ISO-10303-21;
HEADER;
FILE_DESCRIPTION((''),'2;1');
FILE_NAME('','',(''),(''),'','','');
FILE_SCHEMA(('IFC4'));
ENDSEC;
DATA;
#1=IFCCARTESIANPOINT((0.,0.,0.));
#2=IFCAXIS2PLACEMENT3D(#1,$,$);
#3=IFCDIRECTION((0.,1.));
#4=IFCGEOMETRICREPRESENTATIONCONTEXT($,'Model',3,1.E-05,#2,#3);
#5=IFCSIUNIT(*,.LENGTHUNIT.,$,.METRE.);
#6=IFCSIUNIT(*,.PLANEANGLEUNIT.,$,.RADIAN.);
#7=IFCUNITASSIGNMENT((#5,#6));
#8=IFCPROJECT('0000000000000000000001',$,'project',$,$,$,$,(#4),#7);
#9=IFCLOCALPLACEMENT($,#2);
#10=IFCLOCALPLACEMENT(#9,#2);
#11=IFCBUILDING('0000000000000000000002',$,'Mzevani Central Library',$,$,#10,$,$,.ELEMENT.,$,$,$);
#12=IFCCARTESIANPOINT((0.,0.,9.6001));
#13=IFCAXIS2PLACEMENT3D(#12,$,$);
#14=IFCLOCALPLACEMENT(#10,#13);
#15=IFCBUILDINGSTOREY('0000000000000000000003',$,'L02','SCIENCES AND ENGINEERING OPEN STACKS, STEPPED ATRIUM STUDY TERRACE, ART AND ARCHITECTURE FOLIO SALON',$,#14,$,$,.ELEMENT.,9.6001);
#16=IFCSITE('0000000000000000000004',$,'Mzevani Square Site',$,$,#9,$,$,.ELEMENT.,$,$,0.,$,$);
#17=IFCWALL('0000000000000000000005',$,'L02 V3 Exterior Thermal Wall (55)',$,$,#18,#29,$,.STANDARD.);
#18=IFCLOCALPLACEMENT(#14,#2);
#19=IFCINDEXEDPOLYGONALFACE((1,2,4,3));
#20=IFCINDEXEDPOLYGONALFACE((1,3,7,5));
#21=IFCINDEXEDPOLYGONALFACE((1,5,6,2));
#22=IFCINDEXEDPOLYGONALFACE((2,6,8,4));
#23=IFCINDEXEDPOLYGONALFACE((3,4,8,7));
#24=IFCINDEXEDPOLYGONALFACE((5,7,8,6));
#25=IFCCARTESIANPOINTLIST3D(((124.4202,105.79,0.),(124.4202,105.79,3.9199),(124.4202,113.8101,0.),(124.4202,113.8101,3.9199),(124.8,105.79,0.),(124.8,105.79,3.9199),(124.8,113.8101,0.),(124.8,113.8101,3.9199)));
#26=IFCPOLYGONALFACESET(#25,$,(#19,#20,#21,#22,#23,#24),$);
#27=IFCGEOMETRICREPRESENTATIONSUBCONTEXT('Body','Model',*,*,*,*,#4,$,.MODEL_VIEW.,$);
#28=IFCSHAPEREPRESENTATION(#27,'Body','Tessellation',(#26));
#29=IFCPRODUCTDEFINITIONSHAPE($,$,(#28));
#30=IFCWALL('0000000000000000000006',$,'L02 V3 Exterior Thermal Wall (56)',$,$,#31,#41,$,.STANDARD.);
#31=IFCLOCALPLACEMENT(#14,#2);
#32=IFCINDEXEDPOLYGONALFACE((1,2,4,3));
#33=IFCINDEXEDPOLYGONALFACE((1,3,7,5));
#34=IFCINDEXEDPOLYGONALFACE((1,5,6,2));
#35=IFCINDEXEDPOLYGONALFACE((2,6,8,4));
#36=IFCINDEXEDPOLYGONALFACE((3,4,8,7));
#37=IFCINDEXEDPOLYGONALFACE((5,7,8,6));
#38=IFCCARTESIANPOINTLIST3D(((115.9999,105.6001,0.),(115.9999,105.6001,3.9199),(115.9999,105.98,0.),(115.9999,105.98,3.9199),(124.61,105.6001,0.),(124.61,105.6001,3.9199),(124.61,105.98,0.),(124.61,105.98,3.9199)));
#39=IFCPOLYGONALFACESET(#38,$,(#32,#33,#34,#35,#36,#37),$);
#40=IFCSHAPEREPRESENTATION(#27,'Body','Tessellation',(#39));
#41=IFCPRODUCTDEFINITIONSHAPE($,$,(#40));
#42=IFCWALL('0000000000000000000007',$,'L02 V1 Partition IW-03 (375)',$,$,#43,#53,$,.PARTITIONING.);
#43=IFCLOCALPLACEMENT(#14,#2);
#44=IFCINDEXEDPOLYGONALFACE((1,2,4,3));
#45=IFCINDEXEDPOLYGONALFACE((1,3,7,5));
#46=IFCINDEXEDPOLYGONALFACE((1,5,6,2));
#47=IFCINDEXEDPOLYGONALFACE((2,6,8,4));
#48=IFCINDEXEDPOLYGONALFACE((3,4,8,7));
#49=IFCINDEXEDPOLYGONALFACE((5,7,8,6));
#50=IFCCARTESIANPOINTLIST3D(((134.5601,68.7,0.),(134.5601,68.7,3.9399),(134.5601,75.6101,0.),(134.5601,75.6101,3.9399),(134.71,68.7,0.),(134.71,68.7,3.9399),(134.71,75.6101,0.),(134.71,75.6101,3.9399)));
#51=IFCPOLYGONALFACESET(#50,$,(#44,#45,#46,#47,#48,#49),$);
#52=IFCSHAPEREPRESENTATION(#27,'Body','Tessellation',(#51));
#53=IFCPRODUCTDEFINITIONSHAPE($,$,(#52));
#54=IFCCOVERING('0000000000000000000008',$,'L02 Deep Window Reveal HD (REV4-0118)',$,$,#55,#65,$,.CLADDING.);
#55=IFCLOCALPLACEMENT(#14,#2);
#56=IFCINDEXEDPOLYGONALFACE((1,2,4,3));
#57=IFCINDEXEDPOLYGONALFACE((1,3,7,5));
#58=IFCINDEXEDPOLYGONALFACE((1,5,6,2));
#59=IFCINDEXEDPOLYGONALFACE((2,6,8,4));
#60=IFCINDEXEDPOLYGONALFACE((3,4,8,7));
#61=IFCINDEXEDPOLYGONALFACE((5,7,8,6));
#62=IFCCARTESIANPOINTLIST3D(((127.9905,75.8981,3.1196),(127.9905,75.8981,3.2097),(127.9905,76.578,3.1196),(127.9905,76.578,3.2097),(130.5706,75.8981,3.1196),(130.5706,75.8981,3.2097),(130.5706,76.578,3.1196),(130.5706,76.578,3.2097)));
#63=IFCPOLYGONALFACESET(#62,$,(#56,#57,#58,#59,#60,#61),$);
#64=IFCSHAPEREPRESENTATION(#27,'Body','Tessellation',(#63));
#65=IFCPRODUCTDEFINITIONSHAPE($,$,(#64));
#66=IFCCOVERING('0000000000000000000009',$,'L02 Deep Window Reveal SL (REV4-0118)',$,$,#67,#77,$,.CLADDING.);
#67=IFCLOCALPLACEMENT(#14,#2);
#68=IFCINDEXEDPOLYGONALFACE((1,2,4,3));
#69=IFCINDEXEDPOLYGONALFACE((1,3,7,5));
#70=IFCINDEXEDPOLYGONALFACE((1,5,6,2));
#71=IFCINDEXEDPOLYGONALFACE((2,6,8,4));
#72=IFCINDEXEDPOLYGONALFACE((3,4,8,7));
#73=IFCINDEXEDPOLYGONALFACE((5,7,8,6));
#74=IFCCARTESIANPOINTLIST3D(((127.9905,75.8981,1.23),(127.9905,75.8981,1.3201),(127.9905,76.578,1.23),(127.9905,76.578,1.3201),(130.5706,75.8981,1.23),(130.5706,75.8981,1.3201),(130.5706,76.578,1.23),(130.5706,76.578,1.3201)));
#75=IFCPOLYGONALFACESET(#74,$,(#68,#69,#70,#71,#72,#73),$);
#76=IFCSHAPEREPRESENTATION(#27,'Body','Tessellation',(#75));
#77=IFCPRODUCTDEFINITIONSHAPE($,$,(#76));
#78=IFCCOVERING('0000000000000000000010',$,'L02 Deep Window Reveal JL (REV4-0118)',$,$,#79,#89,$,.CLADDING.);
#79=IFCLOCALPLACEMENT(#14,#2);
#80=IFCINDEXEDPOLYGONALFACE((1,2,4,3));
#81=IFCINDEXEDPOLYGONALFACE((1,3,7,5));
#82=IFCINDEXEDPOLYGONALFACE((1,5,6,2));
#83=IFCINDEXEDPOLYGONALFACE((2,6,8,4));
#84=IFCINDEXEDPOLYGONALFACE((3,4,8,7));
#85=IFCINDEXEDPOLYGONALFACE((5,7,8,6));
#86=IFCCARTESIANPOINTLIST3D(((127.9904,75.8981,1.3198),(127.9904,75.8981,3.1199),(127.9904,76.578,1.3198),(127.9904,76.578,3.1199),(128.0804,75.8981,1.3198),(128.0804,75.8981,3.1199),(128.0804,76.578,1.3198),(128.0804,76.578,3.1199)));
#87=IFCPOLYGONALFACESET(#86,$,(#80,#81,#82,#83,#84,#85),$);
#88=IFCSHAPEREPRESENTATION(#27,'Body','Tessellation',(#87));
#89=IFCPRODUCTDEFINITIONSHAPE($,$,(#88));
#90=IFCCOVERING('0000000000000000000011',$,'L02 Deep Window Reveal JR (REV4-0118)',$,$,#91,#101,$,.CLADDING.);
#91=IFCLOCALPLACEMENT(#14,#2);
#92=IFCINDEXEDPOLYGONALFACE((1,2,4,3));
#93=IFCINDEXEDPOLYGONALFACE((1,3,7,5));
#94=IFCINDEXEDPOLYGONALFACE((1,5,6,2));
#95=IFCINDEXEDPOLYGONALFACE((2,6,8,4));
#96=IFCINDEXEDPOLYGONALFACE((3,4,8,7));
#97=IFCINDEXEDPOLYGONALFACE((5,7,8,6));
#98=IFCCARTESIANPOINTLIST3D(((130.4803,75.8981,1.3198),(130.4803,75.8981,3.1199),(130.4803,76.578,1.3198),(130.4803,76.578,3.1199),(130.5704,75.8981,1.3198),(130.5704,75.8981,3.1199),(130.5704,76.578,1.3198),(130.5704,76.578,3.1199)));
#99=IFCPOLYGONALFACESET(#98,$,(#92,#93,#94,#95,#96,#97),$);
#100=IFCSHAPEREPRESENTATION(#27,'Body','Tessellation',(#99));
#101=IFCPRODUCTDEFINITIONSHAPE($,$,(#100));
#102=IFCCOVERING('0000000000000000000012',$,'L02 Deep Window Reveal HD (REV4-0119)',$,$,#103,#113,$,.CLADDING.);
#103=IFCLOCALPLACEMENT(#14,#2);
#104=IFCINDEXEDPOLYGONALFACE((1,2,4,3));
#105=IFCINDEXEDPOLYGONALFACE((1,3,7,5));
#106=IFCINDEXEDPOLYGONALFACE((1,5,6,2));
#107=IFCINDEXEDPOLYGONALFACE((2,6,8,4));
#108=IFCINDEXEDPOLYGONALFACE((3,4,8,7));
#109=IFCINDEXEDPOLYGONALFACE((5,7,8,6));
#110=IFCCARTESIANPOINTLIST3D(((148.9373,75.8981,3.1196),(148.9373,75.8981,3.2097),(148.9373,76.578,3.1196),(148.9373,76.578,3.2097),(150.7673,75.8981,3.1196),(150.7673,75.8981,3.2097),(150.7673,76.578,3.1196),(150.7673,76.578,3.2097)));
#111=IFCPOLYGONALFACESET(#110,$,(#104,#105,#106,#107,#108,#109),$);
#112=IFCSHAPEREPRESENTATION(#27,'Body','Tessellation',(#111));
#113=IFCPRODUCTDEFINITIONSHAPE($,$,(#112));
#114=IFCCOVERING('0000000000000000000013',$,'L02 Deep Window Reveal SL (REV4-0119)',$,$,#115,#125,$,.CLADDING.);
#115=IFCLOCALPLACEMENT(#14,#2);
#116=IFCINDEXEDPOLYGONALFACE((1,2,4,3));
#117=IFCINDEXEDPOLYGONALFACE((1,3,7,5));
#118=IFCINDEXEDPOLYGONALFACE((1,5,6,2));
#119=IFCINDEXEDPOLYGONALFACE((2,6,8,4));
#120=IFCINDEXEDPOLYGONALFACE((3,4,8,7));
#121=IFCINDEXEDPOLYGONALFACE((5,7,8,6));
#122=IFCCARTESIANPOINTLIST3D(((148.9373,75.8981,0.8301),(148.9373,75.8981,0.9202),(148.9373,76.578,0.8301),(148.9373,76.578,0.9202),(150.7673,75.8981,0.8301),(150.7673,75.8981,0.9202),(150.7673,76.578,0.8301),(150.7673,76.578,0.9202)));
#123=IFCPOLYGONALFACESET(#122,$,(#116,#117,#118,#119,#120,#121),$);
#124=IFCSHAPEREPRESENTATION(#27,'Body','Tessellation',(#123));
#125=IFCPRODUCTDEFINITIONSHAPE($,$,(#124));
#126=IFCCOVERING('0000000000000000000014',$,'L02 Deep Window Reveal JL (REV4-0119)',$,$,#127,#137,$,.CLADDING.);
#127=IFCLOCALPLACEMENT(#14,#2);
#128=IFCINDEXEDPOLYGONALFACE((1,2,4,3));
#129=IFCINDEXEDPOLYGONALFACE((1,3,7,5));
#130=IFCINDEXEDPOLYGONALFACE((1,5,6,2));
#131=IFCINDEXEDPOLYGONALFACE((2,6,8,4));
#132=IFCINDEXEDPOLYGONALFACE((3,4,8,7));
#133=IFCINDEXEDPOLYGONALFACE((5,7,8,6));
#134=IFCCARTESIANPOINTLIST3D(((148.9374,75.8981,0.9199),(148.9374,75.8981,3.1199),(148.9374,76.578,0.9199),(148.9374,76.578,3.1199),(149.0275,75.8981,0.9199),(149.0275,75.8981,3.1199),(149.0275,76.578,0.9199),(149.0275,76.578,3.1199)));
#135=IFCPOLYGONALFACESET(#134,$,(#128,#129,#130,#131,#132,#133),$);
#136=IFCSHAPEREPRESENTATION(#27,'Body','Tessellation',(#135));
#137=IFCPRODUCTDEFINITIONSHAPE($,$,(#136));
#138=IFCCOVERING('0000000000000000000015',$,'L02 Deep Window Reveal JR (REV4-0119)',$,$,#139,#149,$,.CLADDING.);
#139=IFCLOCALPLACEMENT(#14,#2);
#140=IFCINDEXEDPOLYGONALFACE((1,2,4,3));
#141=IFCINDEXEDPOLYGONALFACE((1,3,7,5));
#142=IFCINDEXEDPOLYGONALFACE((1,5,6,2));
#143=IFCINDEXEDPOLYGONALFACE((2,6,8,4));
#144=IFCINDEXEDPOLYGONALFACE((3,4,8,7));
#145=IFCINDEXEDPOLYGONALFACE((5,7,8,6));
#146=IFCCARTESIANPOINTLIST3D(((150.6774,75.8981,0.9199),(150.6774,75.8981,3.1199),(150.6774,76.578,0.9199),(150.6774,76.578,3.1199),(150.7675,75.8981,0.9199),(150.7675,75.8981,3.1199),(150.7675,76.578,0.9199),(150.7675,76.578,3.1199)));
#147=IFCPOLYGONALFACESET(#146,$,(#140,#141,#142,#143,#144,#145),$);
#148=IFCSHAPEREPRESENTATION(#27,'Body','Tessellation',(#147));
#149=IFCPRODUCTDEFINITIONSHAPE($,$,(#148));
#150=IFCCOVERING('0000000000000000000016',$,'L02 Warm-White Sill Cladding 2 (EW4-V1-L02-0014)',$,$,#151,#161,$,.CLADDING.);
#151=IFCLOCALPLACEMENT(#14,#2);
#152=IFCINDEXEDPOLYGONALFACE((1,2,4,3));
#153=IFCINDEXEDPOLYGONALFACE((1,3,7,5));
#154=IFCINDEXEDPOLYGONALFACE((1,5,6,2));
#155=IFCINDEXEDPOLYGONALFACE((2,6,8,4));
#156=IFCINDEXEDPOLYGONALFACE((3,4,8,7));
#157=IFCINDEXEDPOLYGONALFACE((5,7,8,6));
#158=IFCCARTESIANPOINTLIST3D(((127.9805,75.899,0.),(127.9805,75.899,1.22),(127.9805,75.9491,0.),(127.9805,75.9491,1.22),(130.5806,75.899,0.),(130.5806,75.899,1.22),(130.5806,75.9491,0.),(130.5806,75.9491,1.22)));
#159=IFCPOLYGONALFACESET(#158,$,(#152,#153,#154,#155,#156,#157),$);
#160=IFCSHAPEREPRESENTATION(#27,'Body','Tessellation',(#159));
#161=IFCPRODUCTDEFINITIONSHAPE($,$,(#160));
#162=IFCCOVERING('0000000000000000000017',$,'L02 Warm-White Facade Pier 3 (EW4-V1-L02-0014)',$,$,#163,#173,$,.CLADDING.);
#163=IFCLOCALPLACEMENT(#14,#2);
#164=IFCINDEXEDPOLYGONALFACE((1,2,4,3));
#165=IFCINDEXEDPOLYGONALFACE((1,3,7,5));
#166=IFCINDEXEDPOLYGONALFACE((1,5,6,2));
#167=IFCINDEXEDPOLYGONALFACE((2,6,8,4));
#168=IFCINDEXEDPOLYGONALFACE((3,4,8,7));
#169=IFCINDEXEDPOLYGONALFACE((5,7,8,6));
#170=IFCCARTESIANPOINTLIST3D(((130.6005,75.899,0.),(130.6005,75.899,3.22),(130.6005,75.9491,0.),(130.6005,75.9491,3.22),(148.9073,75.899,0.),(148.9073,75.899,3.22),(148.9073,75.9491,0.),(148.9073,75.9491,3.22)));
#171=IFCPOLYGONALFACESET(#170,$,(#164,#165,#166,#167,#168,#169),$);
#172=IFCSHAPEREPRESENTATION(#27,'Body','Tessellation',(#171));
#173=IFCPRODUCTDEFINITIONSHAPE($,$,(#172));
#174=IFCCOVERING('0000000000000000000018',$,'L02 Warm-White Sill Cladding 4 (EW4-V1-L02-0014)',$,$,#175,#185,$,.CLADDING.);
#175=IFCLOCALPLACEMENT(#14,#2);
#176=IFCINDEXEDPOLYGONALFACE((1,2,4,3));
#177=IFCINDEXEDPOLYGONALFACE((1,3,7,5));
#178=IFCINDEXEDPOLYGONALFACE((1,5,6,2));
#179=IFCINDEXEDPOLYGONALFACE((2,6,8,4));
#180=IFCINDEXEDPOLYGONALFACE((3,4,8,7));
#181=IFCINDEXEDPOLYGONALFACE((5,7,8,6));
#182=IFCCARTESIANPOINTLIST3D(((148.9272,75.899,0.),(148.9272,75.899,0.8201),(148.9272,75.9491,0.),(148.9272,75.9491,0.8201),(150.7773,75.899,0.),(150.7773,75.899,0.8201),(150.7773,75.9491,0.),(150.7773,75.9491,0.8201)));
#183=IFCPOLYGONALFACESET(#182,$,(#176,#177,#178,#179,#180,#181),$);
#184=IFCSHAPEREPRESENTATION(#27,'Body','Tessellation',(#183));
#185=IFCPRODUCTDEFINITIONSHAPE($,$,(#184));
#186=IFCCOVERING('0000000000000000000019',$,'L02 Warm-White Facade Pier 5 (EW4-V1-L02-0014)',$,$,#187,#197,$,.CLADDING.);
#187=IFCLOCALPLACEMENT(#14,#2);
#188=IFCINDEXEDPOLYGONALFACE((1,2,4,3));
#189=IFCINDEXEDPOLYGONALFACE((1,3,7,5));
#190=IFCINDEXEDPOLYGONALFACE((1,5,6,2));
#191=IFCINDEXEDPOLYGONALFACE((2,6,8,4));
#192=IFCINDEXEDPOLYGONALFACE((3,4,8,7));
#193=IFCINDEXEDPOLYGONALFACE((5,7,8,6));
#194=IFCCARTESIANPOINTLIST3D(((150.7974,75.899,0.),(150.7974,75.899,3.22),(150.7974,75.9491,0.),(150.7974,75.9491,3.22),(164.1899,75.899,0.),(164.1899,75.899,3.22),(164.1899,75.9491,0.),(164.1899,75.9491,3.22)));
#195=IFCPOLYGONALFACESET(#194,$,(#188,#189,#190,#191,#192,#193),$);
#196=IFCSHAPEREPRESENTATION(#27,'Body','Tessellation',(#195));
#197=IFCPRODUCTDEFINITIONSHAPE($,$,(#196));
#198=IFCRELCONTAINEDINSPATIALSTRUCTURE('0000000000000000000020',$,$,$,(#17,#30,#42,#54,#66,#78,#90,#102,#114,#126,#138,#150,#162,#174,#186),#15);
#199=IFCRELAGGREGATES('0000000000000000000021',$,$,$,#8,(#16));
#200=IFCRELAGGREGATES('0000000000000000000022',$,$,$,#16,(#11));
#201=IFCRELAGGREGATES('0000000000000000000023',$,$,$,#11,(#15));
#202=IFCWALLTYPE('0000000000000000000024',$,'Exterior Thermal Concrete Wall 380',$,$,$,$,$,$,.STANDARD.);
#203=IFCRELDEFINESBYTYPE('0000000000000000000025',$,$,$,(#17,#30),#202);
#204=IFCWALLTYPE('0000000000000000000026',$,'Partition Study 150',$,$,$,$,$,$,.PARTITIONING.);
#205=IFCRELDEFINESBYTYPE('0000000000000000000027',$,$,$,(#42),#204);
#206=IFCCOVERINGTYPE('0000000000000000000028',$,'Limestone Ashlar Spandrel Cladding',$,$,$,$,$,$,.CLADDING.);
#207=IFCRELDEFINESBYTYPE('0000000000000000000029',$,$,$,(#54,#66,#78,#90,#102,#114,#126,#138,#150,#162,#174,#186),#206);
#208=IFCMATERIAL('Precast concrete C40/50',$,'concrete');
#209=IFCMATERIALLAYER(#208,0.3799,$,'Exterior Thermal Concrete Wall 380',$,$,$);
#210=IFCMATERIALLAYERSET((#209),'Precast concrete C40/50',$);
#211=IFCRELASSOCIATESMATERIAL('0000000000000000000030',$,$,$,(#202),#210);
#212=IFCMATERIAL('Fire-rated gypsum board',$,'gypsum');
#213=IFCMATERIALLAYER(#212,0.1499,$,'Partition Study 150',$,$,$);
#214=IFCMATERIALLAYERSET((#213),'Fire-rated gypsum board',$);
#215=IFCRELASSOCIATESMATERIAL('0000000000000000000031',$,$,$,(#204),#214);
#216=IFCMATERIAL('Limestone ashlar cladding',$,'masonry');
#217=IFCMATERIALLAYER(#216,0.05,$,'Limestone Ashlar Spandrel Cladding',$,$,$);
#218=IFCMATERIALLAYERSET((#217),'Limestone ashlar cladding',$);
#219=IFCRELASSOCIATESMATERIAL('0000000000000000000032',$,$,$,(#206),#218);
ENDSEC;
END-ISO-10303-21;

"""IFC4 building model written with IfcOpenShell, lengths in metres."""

from ifc_helpers import new_model, si_unit, direction, frame, frame_2d, origin, origin_2d, place, context, subcontext, project, spatial, rectangle, extrude, material, layer, layer_set, type_object, element, save


model = new_model("IFC4")

# Units and contexts
model_context = context("Model", 3, precision=1e-05, world=origin(), true_north=direction((0.0, 1.0)))
body_context = subcontext(model_context, "Body", "Model", "MODEL_VIEW")
ifc_project = project(units=[si_unit("LENGTHUNIT", "METRE"), si_unit("PLANEANGLEUNIT", "RADIAN")], contexts=[model_context])

# Site, building, storey
site_placement = place(None, origin())
site = spatial("IfcSite", under=ifc_project, at=site_placement, Name="Mzevani Square Site", CompositionType="ELEMENT", RefElevation=0.0)
building_placement = place(site_placement, origin())
building = spatial("IfcBuilding", under=site, at=building_placement, Name="Mzevani Central Library", CompositionType="ELEMENT")
storey_placement = place(building_placement, frame((0.0, 0.0, 9.6001)))
storey = spatial("IfcBuildingStorey", under=building, at=storey_placement, Name="L02", Description="SCIENCES AND ENGINEERING OPEN STACKS, STEPPED ATRIUM STUDY TERRACE, ART AND ARCHITECTURE FOLIO SALON", CompositionType="ELEMENT", Elevation=9.6001)

# Shared definitions
ifc_material_1 = material(Name="Precast concrete C40/50", Category="concrete")

# Shared definitions
ifc_layer_1 = layer(ifc_material_1, 0.3799, Name="Exterior Thermal Concrete Wall 380")
ifc_layer_set_1 = layer_set([ifc_layer_1], Name="Precast concrete C40/50")
wall_type_1 = type_object("IfcWallType", Name="Exterior Thermal Concrete Wall 380", PredefinedType="STANDARD", material=ifc_layer_set_1)

# Walls
wall_1_placement = place(storey_placement, frame((124.6101, 113.8101, 0.0), z_axis=(0.0, 0.0, 1.0), x_axis=(0.0, -1.0, 0.0)))
element("IfcWall", 1, at=wall_1_placement, inside=storey, type_object=wall_type_1, Name="L02 V3 Exterior Thermal Wall (55)", PredefinedType="STANDARD", context=body_context, shape_type="SweptSolid", body=[
    extrude(rectangle(XDim=8.02, YDim=0.3799, at=frame_2d((4.01, 0.0))), origin(), (0.0, 0.0, 1.0), 3.9199),
])
wall_2_placement = place(storey_placement, frame((124.6101, 105.79, 0.0), z_axis=(0.0, 0.0, 1.0), x_axis=(-1.0, 0.0, 0.0)))
element("IfcWall", 2, at=wall_2_placement, inside=storey, type_object=wall_type_1, Name="L02 V3 Exterior Thermal Wall (56)", PredefinedType="STANDARD", context=body_context, shape_type="SweptSolid", body=[
    extrude(rectangle(XDim=8.6101, YDim=0.3799, at=frame_2d((4.3052, 0.0))), origin(), (0.0, 0.0, 1.0), 3.9199),
])
ifc_material_2 = material(Name="Fire-rated gypsum board", Category="gypsum")
ifc_layer_2 = layer(ifc_material_2, 0.1499, Name="Partition Study 150")
ifc_layer_set_2 = layer_set([ifc_layer_2], Name="Fire-rated gypsum board")
wall_type_2 = type_object("IfcWallType", Name="Partition Study 150", PredefinedType="PARTITIONING", material=ifc_layer_set_2)
wall_3_placement = place(storey_placement, frame((134.635, 75.6101, 0.0), z_axis=(0.0, 0.0, 1.0), x_axis=(0.0, -1.0, 0.0)))
element("IfcWall", 3, at=wall_3_placement, inside=storey, type_object=wall_type_2, Name="L02 V1 Partition IW-03 (375)", PredefinedType="PARTITIONING", context=body_context, shape_type="SweptSolid", body=[
    extrude(rectangle(XDim=6.9102, YDim=0.1499, at=frame_2d((3.4551, 0.0))), origin(), (0.0, 0.0, 1.0), 3.9399),
])

# Coverings
ifc_material_3 = material(Name="Limestone ashlar cladding", Category="masonry")
ifc_layer_3 = layer(ifc_material_3, 0.05, Name="Limestone Ashlar Spandrel Cladding")
ifc_layer_set_3 = layer_set([ifc_layer_3], Name="Limestone ashlar cladding")
covering_type = type_object("IfcCoveringType", Name="Limestone Ashlar Spandrel Cladding", PredefinedType="CLADDING", material=ifc_layer_set_3)
for number, where, z_axis, x_axis, name in (
    (4, (129.2805, 76.238, 3.1196), (0.0, 0.0, 1.0), (1.0, 0.0, 0.0), "L02 Deep Window Reveal HD (REV4-0118)"),
    (5, (129.2805, 76.238, 1.23), (0.0, 0.0, 1.0), (1.0, 0.0, 0.0), "L02 Deep Window Reveal SL (REV4-0118)"),
):
    element("IfcCovering", number, at=place(storey_placement, frame(where, z_axis=z_axis, x_axis=x_axis)), inside=storey, type_object=covering_type, Name=name, PredefinedType="CLADDING", context=body_context, shape_type="SweptSolid", body=[
        extrude(rectangle(XDim=2.5801, YDim=0.6799, at=origin_2d()), origin(), (0.0, 0.0, 1.0), 0.0901),
    ])
for number, where, z_axis, x_axis, name in (
    (6, (128.0354, 76.238, 1.3198), (0.0, 0.0, 1.0), (1.0, 0.0, 0.0), "L02 Deep Window Reveal JL (REV4-0118)"),
    (7, (130.5254, 76.238, 1.3198), (0.0, 0.0, 1.0), (1.0, 0.0, 0.0), "L02 Deep Window Reveal JR (REV4-0118)"),
):
    element("IfcCovering", number, at=place(storey_placement, frame(where, z_axis=z_axis, x_axis=x_axis)), inside=storey, type_object=covering_type, Name=name, PredefinedType="CLADDING", context=body_context, shape_type="SweptSolid", body=[
        extrude(rectangle(XDim=0.0901, YDim=0.6799, at=origin_2d()), origin(), (0.0, 0.0, 1.0), 1.8),
    ])
for number, where, z_axis, x_axis, name in (
    (8, (149.8523, 76.238, 3.1196), (0.0, 0.0, 1.0), (1.0, 0.0, 0.0), "L02 Deep Window Reveal HD (REV4-0119)"),
    (9, (149.8523, 76.238, 0.8301), (0.0, 0.0, 1.0), (1.0, 0.0, 0.0), "L02 Deep Window Reveal SL (REV4-0119)"),
):
    element("IfcCovering", number, at=place(storey_placement, frame(where, z_axis=z_axis, x_axis=x_axis)), inside=storey, type_object=covering_type, Name=name, PredefinedType="CLADDING", context=body_context, shape_type="SweptSolid", body=[
        extrude(rectangle(XDim=1.8301, YDim=0.6799, at=origin_2d()), origin(), (0.0, 0.0, 1.0), 0.0901),
    ])
for number, where, z_axis, x_axis, name in (
    (10, (148.9824, 76.238, 0.9199), (0.0, 0.0, 1.0), (1.0, 0.0, 0.0), "L02 Deep Window Reveal JL (REV4-0119)"),
    (11, (150.7224, 76.238, 0.9199), (0.0, 0.0, 1.0), (1.0, 0.0, 0.0), "L02 Deep Window Reveal JR (REV4-0119)"),
):
    element("IfcCovering", number, at=place(storey_placement, frame(where, z_axis=z_axis, x_axis=x_axis)), inside=storey, type_object=covering_type, Name=name, PredefinedType="CLADDING", context=body_context, shape_type="SweptSolid", body=[
        extrude(rectangle(XDim=0.0901, YDim=0.6799, at=origin_2d()), origin(), (0.0, 0.0, 1.0), 2.2),
    ])
covering_1_placement = place(storey_placement, frame((129.2805, 75.9241, 0.0), z_axis=(0.0, 0.0, 1.0), x_axis=(1.0, 0.0, 0.0)))
element("IfcCovering", 12, at=covering_1_placement, inside=storey, type_object=covering_type, Name="L02 Warm-White Sill Cladding 2 (EW4-V1-L02-0014)", PredefinedType="CLADDING", context=body_context, shape_type="SweptSolid", body=[
    extrude(rectangle(XDim=2.6001, YDim=0.05, at=origin_2d()), origin(), (0.0, 0.0, 1.0), 1.22),
])
covering_2_placement = place(storey_placement, frame((139.7539, 75.9241, 0.0), z_axis=(0.0, 0.0, 1.0), x_axis=(1.0, 0.0, 0.0)))
element("IfcCovering", 13, at=covering_2_placement, inside=storey, type_object=covering_type, Name="L02 Warm-White Facade Pier 3 (EW4-V1-L02-0014)", PredefinedType="CLADDING", context=body_context, shape_type="SweptSolid", body=[
    extrude(rectangle(XDim=18.3069, YDim=0.05, at=origin_2d()), origin(), (0.0, 0.0, 1.0), 3.22),
])
covering_3_placement = place(storey_placement, frame((149.8523, 75.9241, 0.0), z_axis=(0.0, 0.0, 1.0), x_axis=(1.0, 0.0, 0.0)))
element("IfcCovering", 14, at=covering_3_placement, inside=storey, type_object=covering_type, Name="L02 Warm-White Sill Cladding 4 (EW4-V1-L02-0014)", PredefinedType="CLADDING", context=body_context, shape_type="SweptSolid", body=[
    extrude(rectangle(XDim=1.8501, YDim=0.05, at=origin_2d()), origin(), (0.0, 0.0, 1.0), 0.8201),
])
covering_4_placement = place(storey_placement, frame((157.4937, 75.9241, 0.0), z_axis=(0.0, 0.0, 1.0), x_axis=(1.0, 0.0, 0.0)))
element("IfcCovering", 15, at=covering_4_placement, inside=storey, type_object=covering_type, Name="L02 Warm-White Facade Pier 5 (EW4-V1-L02-0014)", PredefinedType="CLADDING", context=body_context, shape_type="SweptSolid", body=[
    extrude(rectangle(XDim=13.3926, YDim=0.05, at=origin_2d()), origin(), (0.0, 0.0, 1.0), 3.22),
])

save(model, "model.ifc")
